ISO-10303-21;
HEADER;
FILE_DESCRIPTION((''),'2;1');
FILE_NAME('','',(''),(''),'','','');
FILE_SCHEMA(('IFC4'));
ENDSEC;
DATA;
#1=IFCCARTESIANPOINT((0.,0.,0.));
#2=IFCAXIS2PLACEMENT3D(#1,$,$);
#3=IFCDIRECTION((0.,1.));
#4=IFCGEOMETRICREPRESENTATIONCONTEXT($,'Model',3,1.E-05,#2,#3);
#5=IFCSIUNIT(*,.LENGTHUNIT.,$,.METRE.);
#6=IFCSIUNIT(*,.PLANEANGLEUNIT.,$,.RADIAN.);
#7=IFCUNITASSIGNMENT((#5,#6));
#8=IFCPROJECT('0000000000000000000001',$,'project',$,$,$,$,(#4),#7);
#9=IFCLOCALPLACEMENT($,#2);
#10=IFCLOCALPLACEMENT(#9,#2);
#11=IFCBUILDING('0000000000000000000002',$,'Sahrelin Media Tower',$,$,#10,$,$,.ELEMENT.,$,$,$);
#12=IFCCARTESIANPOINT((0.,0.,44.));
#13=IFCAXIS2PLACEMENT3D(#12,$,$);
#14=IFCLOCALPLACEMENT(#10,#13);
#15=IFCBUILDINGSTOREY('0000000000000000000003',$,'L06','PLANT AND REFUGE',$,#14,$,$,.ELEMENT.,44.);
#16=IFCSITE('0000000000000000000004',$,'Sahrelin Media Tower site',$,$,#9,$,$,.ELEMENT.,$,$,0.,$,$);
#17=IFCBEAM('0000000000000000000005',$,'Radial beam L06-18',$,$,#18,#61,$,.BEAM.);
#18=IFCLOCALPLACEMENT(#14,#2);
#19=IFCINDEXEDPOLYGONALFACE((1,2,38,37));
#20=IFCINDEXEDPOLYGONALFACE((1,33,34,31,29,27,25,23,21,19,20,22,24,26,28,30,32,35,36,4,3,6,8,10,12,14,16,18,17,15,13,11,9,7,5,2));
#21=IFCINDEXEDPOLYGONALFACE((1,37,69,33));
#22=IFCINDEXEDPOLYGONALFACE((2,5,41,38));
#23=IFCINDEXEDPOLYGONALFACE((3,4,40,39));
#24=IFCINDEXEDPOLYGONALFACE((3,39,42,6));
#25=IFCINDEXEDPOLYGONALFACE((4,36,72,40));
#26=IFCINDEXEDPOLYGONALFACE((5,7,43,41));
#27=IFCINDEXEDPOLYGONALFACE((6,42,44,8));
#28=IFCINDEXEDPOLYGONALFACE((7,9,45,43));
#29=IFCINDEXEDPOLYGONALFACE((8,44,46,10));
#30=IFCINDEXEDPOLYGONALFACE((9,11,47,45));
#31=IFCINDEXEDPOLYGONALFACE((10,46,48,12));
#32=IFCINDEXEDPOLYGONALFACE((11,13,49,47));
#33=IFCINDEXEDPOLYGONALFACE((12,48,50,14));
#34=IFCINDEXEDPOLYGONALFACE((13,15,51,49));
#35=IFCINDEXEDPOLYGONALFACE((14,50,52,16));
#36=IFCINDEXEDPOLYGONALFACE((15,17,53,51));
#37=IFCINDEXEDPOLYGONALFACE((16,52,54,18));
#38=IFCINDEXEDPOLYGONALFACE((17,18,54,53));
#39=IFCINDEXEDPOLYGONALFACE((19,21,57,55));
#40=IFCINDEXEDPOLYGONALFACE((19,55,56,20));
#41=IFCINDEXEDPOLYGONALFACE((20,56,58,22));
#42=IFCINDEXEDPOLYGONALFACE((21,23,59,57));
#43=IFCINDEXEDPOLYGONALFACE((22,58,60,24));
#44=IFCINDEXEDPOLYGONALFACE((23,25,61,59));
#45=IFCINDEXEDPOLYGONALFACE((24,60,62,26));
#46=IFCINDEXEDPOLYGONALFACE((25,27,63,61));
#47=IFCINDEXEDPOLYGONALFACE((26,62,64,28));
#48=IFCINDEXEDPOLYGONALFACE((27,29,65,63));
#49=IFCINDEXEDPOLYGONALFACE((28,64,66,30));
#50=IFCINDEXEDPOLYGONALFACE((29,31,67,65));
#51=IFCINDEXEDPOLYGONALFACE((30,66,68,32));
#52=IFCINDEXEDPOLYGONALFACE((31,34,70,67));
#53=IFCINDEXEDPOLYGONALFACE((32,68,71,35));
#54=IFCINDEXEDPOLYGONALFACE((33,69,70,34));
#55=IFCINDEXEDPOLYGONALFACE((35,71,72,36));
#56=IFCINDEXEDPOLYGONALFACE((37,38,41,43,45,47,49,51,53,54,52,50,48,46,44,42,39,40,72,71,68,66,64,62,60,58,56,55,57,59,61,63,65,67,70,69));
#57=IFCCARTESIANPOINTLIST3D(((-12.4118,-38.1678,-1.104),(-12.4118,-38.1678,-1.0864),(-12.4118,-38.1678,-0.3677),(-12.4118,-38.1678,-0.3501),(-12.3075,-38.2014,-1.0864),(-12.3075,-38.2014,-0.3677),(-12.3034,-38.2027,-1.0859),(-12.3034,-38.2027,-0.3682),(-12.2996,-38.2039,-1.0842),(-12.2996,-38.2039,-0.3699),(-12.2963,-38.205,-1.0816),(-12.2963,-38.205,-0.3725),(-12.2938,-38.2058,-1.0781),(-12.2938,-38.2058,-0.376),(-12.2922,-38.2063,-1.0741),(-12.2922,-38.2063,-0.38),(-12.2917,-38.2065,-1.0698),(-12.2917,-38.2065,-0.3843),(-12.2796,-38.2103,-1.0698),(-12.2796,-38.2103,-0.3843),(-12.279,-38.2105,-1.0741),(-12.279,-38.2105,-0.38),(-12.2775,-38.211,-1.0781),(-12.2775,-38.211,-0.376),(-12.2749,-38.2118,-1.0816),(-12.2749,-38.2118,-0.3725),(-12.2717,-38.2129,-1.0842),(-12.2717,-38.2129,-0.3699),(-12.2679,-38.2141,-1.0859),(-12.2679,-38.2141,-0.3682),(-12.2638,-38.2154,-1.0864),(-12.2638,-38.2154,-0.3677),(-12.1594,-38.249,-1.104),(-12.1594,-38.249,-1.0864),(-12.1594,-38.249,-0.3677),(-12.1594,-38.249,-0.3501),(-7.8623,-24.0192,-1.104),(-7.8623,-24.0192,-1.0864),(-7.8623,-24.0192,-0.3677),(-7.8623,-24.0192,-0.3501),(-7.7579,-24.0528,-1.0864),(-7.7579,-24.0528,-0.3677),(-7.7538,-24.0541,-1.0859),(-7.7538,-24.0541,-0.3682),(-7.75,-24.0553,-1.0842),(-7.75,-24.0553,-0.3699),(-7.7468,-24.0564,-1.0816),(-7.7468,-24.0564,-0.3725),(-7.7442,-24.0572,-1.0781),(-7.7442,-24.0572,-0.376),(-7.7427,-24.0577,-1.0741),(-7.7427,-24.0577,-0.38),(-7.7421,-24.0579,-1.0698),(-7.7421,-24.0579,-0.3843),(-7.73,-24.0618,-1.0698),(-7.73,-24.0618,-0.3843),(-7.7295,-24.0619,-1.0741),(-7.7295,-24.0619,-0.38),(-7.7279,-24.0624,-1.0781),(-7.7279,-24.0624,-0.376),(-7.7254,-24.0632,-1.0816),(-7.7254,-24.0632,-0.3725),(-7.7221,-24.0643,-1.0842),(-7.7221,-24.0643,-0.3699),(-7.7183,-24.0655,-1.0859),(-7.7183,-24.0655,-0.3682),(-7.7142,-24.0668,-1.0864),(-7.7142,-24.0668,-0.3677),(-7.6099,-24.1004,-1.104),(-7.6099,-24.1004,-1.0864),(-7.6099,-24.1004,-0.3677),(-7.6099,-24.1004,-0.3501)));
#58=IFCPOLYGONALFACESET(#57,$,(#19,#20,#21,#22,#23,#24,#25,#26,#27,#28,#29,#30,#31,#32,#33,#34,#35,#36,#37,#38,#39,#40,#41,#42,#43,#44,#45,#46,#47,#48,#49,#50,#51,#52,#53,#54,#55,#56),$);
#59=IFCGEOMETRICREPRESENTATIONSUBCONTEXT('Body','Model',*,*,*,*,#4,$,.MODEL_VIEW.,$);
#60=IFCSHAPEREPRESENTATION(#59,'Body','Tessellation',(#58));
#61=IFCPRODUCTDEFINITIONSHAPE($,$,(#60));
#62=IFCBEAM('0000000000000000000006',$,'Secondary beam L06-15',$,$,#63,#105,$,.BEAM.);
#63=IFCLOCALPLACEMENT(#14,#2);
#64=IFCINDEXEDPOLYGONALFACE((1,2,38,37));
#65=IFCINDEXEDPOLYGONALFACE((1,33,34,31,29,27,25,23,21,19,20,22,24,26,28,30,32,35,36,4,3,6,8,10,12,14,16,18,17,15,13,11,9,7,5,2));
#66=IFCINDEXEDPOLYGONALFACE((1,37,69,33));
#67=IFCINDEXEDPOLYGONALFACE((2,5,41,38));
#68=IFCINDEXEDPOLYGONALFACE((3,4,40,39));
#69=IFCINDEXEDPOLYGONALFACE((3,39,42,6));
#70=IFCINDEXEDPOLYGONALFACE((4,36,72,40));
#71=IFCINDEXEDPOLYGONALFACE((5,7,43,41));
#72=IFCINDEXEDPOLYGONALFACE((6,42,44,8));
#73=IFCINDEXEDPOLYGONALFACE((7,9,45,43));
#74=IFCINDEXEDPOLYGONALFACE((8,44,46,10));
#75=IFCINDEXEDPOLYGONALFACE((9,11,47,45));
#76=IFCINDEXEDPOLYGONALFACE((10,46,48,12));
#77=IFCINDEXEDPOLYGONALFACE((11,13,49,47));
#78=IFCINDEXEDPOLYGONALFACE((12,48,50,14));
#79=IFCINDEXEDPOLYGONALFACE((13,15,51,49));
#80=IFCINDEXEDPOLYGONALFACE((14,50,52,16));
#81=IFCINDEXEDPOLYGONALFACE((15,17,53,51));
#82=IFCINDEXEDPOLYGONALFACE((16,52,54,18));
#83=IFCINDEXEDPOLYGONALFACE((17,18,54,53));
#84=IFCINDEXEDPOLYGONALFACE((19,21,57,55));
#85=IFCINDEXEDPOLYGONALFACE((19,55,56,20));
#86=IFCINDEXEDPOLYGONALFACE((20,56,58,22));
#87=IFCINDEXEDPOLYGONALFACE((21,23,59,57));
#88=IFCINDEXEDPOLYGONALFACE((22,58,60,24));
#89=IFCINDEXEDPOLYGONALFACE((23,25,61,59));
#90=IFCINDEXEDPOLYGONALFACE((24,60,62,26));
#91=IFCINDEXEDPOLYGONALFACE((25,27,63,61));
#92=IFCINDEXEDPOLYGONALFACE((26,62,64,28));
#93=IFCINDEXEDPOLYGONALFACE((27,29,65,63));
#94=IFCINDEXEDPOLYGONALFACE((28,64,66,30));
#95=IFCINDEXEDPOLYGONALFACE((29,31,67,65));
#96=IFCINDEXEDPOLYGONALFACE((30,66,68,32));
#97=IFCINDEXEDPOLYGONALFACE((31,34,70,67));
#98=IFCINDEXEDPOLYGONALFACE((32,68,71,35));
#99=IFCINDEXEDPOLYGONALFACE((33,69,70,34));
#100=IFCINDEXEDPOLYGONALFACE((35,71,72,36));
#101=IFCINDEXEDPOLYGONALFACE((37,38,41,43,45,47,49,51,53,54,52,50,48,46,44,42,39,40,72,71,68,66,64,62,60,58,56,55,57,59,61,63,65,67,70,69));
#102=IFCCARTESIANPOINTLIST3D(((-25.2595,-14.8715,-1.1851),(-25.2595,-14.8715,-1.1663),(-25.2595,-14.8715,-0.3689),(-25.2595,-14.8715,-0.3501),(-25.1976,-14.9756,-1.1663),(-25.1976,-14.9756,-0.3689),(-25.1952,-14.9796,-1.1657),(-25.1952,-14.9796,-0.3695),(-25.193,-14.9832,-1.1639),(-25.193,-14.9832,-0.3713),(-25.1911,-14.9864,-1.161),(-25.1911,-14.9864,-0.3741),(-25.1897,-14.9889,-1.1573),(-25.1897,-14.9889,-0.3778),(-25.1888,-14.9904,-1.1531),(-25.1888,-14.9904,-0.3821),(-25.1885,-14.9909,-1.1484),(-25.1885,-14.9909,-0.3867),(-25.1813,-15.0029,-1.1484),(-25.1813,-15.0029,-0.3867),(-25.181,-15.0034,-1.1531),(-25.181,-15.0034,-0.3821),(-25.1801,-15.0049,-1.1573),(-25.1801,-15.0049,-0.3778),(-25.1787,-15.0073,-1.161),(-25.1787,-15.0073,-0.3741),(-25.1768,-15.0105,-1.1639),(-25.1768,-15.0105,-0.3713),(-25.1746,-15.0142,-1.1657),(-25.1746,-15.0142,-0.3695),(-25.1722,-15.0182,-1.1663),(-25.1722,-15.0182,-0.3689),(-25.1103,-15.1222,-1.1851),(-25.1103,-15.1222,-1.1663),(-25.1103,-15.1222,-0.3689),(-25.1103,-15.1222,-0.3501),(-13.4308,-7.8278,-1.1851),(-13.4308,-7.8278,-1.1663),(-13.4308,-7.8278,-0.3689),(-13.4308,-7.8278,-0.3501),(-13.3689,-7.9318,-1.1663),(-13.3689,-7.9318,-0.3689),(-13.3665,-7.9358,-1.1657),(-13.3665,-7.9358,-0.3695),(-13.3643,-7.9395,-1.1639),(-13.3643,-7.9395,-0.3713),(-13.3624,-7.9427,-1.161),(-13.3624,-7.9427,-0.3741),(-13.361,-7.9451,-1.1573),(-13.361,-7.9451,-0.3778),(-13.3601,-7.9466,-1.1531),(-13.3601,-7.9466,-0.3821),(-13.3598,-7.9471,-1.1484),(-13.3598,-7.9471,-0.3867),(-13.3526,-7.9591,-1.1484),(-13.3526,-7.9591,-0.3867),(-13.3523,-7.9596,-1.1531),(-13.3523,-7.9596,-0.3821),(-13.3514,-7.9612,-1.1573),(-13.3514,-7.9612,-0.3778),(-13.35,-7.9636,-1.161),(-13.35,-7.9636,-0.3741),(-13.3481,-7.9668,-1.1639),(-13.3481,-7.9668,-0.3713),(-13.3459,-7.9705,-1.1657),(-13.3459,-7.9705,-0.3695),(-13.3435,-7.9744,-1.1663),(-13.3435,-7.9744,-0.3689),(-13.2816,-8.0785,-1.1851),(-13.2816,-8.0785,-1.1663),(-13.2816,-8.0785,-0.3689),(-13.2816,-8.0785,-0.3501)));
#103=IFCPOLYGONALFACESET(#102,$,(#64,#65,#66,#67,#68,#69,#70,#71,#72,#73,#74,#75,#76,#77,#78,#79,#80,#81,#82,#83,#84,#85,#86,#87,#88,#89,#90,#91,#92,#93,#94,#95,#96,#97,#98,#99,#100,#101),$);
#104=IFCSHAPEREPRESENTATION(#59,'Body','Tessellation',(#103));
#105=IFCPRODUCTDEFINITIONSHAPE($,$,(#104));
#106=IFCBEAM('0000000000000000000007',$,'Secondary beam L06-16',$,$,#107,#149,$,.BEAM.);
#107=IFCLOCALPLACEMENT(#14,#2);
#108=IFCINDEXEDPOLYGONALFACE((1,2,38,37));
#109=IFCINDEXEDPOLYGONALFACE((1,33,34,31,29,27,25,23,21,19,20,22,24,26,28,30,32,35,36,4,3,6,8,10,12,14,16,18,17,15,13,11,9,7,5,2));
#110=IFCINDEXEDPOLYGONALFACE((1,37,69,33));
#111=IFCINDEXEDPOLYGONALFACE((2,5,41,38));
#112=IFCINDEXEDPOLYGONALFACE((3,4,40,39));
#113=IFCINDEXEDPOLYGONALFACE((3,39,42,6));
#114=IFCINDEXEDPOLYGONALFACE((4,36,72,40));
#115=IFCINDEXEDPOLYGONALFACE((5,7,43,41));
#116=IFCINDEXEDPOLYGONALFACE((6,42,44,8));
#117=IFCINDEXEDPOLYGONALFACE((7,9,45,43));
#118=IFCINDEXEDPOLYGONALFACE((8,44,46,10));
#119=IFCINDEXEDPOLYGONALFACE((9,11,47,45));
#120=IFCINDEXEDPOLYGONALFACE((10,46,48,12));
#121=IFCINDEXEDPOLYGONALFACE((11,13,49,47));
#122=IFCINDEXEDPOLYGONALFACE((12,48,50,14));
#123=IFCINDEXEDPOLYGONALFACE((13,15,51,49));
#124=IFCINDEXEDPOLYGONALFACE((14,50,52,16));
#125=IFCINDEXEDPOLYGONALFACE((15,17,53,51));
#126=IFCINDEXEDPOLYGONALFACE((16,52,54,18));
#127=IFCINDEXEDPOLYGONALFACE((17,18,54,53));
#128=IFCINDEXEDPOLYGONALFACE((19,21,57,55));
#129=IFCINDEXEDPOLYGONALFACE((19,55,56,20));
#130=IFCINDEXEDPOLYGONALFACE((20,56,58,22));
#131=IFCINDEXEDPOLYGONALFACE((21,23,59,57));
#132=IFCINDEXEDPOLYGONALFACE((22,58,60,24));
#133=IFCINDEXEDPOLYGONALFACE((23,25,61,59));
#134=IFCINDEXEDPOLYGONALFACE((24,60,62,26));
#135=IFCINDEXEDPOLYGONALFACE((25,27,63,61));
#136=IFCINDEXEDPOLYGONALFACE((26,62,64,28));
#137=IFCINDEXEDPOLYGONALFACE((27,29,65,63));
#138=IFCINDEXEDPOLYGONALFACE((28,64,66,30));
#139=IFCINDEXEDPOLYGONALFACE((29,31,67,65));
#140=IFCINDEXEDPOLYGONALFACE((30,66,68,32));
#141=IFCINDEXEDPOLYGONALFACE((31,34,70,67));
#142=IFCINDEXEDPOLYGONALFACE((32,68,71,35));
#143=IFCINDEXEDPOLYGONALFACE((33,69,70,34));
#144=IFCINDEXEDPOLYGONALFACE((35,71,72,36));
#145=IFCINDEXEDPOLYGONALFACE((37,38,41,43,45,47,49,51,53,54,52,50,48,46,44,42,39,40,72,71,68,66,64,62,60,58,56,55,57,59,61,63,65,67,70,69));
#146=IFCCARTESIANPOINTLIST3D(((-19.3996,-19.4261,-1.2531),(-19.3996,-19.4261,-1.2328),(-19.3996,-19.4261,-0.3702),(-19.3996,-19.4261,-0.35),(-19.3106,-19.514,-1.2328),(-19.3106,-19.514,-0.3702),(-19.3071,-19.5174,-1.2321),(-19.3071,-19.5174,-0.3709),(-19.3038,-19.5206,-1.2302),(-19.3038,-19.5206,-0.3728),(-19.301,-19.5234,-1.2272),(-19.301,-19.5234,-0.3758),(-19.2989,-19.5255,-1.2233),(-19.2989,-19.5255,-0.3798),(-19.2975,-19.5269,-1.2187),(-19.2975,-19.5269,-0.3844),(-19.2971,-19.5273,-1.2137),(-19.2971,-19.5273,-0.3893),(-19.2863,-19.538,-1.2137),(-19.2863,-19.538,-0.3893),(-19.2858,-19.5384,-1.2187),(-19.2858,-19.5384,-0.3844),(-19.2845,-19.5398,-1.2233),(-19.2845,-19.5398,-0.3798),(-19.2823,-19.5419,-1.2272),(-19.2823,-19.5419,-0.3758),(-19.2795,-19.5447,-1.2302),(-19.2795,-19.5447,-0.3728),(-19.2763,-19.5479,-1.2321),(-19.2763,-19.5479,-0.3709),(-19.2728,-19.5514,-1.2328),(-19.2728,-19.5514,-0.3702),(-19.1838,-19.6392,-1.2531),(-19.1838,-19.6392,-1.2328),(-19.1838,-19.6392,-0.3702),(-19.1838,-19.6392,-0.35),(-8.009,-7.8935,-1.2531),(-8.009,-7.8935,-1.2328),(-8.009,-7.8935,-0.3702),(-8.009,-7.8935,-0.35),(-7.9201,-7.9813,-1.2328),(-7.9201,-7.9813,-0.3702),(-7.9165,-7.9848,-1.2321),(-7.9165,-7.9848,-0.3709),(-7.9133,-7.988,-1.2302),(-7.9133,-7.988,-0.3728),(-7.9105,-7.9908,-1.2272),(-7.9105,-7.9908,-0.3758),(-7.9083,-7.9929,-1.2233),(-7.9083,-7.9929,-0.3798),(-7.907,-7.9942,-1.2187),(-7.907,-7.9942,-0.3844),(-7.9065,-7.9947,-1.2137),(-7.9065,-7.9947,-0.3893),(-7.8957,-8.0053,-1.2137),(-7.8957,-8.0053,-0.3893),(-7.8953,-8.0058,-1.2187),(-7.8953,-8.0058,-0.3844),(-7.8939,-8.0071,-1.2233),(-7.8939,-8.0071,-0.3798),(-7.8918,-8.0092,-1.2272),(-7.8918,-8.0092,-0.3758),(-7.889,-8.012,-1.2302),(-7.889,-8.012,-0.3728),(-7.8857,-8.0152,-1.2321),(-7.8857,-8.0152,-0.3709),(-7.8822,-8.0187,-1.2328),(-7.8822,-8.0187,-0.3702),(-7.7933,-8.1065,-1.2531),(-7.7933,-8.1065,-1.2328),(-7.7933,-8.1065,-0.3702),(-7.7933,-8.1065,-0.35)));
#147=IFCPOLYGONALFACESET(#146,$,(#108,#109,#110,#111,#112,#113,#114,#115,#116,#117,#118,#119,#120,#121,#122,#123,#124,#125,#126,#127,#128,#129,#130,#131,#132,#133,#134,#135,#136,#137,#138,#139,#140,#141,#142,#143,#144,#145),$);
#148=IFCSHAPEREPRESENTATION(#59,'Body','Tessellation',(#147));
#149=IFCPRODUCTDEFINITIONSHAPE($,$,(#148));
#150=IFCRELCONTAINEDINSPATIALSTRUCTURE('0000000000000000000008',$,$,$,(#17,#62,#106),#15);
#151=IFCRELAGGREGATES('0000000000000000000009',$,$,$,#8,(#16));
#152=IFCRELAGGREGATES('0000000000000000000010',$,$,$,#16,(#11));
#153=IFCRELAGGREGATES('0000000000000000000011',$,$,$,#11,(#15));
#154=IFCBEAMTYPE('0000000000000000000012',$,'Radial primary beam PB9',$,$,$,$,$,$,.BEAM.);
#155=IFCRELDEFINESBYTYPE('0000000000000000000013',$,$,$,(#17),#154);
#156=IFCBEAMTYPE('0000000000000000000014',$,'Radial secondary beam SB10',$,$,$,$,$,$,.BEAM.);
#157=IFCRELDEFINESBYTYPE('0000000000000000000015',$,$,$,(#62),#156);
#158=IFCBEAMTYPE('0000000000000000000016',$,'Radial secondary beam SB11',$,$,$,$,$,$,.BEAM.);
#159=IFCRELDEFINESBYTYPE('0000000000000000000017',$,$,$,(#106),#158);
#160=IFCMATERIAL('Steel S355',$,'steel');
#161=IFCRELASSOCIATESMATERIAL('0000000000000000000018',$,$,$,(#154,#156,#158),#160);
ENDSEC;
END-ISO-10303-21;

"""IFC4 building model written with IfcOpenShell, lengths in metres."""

from ifc_helpers import new_model, si_unit, direction, frame, origin, origin_2d, place, context, subcontext, project, spatial, i_section, extrude, material, material_profile, profile_set, type_object, element, save


model = new_model("IFC4")

# Units and contexts
model_context = context("Model", 3, precision=1e-05, world=origin(), true_north=direction((0.0, 1.0)))
body_context = subcontext(model_context, "Body", "Model", "MODEL_VIEW")
ifc_project = project(units=[si_unit("LENGTHUNIT", "METRE"), si_unit("PLANEANGLEUNIT", "RADIAN")], contexts=[model_context])

# Site, building, storey
site_placement = place(None, origin())
site = spatial("IfcSite", under=ifc_project, at=site_placement, Name="Sahrelin Media Tower site", CompositionType="ELEMENT", RefElevation=0.0)
building_placement = place(site_placement, origin())
building = spatial("IfcBuilding", under=site, at=building_placement, Name="Sahrelin Media Tower", CompositionType="ELEMENT")
storey_placement = place(building_placement, frame((0.0, 0.0, 44.0)))
storey = spatial("IfcBuildingStorey", under=building, at=storey_placement, Name="L06", Description="PLANT AND REFUGE", CompositionType="ELEMENT", Elevation=44.0)

# Beams
ifc_material_1 = material(Name="Steel S355", Category="steel")
ifc_material_profile_1 = material_profile(ifc_material_1, i_section(OverallWidth=0.2651, OverallDepth=0.7539, WebThickness=0.0127, FlangeThickness=0.0176, FilletRadius=0.0166, at=origin_2d()), Name="UB 762x267x147")
ifc_profile_set_1 = profile_set([ifc_material_profile_1], Name="Steel S355")
beam_type_1 = type_object("IfcBeamType", Name="Radial primary beam PB9", PredefinedType="BEAM", material=ifc_profile_set_1)
beam_1_placement = place(storey_placement, frame((-7.7361, -24.0598, -0.7271), z_axis=(-0.306117, -0.951994, 0.0), x_axis=(0.951994, -0.306117, 0.0)))
element("IfcBeam", 1, at=beam_1_placement, inside=storey, type_object=beam_type_1, Name="Radial beam L06-18", PredefinedType="BEAM", context=body_context, shape_type="SweptSolid", body=[
    extrude(i_section(OverallWidth=0.2651, OverallDepth=0.7539, WebThickness=0.0127, FlangeThickness=0.0176, FilletRadius=0.0166, at=origin_2d()), origin(), (0.0, 0.0, 1.0), 14.8621),
])
ifc_material_profile_2 = material_profile(ifc_material_1, i_section(OverallWidth=0.2917, OverallDepth=0.835, WebThickness=0.0139, FlangeThickness=0.0188, FilletRadius=0.0178, at=origin_2d()), Name="UB 838x292x176")
ifc_profile_set_2 = profile_set([ifc_material_profile_2], Name="Steel S355")
beam_type_2 = type_object("IfcBeamType", Name="Radial secondary beam SB10", PredefinedType="BEAM", material=ifc_profile_set_2)
beam_2_placement = place(storey_placement, frame((-13.3562, -7.9531, -0.7676), z_axis=(-0.859202, -0.511637, 0.0), x_axis=(0.511637, -0.859202, 0.0)))
element("IfcBeam", 2, at=beam_2_placement, inside=storey, type_object=beam_type_2, Name="Secondary beam L06-15", PredefinedType="BEAM", context=body_context, shape_type="SweptSolid", body=[
    extrude(i_section(OverallWidth=0.2917, OverallDepth=0.835, WebThickness=0.0139, FlangeThickness=0.0188, FilletRadius=0.0178, at=origin_2d()), origin(), (0.0, 0.0, 1.0), 13.7671),
])
ifc_material_profile_3 = material_profile(ifc_material_1, i_section(OverallWidth=0.3032, OverallDepth=0.9031, WebThickness=0.0151, FlangeThickness=0.0203, FilletRadius=0.019, at=origin_2d()), Name="UB 914x305x201")
ifc_profile_set_3 = profile_set([ifc_material_profile_3], Name="Steel S355")
beam_type_3 = type_object("IfcBeamType", Name="Radial secondary beam SB11", PredefinedType="BEAM", material=ifc_profile_set_3)
beam_3_placement = place(storey_placement, frame((-7.9011, -8.0, -0.8015), z_axis=(-0.70271, -0.711476, 0.0), x_axis=(0.711476, -0.70271, 0.0)))
element("IfcBeam", 3, at=beam_3_placement, inside=storey, type_object=beam_type_3, Name="Secondary beam L06-16", PredefinedType="BEAM", context=body_context, shape_type="SweptSolid", body=[
    extrude(i_section(OverallWidth=0.3032, OverallDepth=0.9031, WebThickness=0.0151, FlangeThickness=0.0203, FilletRadius=0.019, at=origin_2d()), origin(), (0.0, 0.0, 1.0), 16.2095),
])

save(model, "model.ifc")
